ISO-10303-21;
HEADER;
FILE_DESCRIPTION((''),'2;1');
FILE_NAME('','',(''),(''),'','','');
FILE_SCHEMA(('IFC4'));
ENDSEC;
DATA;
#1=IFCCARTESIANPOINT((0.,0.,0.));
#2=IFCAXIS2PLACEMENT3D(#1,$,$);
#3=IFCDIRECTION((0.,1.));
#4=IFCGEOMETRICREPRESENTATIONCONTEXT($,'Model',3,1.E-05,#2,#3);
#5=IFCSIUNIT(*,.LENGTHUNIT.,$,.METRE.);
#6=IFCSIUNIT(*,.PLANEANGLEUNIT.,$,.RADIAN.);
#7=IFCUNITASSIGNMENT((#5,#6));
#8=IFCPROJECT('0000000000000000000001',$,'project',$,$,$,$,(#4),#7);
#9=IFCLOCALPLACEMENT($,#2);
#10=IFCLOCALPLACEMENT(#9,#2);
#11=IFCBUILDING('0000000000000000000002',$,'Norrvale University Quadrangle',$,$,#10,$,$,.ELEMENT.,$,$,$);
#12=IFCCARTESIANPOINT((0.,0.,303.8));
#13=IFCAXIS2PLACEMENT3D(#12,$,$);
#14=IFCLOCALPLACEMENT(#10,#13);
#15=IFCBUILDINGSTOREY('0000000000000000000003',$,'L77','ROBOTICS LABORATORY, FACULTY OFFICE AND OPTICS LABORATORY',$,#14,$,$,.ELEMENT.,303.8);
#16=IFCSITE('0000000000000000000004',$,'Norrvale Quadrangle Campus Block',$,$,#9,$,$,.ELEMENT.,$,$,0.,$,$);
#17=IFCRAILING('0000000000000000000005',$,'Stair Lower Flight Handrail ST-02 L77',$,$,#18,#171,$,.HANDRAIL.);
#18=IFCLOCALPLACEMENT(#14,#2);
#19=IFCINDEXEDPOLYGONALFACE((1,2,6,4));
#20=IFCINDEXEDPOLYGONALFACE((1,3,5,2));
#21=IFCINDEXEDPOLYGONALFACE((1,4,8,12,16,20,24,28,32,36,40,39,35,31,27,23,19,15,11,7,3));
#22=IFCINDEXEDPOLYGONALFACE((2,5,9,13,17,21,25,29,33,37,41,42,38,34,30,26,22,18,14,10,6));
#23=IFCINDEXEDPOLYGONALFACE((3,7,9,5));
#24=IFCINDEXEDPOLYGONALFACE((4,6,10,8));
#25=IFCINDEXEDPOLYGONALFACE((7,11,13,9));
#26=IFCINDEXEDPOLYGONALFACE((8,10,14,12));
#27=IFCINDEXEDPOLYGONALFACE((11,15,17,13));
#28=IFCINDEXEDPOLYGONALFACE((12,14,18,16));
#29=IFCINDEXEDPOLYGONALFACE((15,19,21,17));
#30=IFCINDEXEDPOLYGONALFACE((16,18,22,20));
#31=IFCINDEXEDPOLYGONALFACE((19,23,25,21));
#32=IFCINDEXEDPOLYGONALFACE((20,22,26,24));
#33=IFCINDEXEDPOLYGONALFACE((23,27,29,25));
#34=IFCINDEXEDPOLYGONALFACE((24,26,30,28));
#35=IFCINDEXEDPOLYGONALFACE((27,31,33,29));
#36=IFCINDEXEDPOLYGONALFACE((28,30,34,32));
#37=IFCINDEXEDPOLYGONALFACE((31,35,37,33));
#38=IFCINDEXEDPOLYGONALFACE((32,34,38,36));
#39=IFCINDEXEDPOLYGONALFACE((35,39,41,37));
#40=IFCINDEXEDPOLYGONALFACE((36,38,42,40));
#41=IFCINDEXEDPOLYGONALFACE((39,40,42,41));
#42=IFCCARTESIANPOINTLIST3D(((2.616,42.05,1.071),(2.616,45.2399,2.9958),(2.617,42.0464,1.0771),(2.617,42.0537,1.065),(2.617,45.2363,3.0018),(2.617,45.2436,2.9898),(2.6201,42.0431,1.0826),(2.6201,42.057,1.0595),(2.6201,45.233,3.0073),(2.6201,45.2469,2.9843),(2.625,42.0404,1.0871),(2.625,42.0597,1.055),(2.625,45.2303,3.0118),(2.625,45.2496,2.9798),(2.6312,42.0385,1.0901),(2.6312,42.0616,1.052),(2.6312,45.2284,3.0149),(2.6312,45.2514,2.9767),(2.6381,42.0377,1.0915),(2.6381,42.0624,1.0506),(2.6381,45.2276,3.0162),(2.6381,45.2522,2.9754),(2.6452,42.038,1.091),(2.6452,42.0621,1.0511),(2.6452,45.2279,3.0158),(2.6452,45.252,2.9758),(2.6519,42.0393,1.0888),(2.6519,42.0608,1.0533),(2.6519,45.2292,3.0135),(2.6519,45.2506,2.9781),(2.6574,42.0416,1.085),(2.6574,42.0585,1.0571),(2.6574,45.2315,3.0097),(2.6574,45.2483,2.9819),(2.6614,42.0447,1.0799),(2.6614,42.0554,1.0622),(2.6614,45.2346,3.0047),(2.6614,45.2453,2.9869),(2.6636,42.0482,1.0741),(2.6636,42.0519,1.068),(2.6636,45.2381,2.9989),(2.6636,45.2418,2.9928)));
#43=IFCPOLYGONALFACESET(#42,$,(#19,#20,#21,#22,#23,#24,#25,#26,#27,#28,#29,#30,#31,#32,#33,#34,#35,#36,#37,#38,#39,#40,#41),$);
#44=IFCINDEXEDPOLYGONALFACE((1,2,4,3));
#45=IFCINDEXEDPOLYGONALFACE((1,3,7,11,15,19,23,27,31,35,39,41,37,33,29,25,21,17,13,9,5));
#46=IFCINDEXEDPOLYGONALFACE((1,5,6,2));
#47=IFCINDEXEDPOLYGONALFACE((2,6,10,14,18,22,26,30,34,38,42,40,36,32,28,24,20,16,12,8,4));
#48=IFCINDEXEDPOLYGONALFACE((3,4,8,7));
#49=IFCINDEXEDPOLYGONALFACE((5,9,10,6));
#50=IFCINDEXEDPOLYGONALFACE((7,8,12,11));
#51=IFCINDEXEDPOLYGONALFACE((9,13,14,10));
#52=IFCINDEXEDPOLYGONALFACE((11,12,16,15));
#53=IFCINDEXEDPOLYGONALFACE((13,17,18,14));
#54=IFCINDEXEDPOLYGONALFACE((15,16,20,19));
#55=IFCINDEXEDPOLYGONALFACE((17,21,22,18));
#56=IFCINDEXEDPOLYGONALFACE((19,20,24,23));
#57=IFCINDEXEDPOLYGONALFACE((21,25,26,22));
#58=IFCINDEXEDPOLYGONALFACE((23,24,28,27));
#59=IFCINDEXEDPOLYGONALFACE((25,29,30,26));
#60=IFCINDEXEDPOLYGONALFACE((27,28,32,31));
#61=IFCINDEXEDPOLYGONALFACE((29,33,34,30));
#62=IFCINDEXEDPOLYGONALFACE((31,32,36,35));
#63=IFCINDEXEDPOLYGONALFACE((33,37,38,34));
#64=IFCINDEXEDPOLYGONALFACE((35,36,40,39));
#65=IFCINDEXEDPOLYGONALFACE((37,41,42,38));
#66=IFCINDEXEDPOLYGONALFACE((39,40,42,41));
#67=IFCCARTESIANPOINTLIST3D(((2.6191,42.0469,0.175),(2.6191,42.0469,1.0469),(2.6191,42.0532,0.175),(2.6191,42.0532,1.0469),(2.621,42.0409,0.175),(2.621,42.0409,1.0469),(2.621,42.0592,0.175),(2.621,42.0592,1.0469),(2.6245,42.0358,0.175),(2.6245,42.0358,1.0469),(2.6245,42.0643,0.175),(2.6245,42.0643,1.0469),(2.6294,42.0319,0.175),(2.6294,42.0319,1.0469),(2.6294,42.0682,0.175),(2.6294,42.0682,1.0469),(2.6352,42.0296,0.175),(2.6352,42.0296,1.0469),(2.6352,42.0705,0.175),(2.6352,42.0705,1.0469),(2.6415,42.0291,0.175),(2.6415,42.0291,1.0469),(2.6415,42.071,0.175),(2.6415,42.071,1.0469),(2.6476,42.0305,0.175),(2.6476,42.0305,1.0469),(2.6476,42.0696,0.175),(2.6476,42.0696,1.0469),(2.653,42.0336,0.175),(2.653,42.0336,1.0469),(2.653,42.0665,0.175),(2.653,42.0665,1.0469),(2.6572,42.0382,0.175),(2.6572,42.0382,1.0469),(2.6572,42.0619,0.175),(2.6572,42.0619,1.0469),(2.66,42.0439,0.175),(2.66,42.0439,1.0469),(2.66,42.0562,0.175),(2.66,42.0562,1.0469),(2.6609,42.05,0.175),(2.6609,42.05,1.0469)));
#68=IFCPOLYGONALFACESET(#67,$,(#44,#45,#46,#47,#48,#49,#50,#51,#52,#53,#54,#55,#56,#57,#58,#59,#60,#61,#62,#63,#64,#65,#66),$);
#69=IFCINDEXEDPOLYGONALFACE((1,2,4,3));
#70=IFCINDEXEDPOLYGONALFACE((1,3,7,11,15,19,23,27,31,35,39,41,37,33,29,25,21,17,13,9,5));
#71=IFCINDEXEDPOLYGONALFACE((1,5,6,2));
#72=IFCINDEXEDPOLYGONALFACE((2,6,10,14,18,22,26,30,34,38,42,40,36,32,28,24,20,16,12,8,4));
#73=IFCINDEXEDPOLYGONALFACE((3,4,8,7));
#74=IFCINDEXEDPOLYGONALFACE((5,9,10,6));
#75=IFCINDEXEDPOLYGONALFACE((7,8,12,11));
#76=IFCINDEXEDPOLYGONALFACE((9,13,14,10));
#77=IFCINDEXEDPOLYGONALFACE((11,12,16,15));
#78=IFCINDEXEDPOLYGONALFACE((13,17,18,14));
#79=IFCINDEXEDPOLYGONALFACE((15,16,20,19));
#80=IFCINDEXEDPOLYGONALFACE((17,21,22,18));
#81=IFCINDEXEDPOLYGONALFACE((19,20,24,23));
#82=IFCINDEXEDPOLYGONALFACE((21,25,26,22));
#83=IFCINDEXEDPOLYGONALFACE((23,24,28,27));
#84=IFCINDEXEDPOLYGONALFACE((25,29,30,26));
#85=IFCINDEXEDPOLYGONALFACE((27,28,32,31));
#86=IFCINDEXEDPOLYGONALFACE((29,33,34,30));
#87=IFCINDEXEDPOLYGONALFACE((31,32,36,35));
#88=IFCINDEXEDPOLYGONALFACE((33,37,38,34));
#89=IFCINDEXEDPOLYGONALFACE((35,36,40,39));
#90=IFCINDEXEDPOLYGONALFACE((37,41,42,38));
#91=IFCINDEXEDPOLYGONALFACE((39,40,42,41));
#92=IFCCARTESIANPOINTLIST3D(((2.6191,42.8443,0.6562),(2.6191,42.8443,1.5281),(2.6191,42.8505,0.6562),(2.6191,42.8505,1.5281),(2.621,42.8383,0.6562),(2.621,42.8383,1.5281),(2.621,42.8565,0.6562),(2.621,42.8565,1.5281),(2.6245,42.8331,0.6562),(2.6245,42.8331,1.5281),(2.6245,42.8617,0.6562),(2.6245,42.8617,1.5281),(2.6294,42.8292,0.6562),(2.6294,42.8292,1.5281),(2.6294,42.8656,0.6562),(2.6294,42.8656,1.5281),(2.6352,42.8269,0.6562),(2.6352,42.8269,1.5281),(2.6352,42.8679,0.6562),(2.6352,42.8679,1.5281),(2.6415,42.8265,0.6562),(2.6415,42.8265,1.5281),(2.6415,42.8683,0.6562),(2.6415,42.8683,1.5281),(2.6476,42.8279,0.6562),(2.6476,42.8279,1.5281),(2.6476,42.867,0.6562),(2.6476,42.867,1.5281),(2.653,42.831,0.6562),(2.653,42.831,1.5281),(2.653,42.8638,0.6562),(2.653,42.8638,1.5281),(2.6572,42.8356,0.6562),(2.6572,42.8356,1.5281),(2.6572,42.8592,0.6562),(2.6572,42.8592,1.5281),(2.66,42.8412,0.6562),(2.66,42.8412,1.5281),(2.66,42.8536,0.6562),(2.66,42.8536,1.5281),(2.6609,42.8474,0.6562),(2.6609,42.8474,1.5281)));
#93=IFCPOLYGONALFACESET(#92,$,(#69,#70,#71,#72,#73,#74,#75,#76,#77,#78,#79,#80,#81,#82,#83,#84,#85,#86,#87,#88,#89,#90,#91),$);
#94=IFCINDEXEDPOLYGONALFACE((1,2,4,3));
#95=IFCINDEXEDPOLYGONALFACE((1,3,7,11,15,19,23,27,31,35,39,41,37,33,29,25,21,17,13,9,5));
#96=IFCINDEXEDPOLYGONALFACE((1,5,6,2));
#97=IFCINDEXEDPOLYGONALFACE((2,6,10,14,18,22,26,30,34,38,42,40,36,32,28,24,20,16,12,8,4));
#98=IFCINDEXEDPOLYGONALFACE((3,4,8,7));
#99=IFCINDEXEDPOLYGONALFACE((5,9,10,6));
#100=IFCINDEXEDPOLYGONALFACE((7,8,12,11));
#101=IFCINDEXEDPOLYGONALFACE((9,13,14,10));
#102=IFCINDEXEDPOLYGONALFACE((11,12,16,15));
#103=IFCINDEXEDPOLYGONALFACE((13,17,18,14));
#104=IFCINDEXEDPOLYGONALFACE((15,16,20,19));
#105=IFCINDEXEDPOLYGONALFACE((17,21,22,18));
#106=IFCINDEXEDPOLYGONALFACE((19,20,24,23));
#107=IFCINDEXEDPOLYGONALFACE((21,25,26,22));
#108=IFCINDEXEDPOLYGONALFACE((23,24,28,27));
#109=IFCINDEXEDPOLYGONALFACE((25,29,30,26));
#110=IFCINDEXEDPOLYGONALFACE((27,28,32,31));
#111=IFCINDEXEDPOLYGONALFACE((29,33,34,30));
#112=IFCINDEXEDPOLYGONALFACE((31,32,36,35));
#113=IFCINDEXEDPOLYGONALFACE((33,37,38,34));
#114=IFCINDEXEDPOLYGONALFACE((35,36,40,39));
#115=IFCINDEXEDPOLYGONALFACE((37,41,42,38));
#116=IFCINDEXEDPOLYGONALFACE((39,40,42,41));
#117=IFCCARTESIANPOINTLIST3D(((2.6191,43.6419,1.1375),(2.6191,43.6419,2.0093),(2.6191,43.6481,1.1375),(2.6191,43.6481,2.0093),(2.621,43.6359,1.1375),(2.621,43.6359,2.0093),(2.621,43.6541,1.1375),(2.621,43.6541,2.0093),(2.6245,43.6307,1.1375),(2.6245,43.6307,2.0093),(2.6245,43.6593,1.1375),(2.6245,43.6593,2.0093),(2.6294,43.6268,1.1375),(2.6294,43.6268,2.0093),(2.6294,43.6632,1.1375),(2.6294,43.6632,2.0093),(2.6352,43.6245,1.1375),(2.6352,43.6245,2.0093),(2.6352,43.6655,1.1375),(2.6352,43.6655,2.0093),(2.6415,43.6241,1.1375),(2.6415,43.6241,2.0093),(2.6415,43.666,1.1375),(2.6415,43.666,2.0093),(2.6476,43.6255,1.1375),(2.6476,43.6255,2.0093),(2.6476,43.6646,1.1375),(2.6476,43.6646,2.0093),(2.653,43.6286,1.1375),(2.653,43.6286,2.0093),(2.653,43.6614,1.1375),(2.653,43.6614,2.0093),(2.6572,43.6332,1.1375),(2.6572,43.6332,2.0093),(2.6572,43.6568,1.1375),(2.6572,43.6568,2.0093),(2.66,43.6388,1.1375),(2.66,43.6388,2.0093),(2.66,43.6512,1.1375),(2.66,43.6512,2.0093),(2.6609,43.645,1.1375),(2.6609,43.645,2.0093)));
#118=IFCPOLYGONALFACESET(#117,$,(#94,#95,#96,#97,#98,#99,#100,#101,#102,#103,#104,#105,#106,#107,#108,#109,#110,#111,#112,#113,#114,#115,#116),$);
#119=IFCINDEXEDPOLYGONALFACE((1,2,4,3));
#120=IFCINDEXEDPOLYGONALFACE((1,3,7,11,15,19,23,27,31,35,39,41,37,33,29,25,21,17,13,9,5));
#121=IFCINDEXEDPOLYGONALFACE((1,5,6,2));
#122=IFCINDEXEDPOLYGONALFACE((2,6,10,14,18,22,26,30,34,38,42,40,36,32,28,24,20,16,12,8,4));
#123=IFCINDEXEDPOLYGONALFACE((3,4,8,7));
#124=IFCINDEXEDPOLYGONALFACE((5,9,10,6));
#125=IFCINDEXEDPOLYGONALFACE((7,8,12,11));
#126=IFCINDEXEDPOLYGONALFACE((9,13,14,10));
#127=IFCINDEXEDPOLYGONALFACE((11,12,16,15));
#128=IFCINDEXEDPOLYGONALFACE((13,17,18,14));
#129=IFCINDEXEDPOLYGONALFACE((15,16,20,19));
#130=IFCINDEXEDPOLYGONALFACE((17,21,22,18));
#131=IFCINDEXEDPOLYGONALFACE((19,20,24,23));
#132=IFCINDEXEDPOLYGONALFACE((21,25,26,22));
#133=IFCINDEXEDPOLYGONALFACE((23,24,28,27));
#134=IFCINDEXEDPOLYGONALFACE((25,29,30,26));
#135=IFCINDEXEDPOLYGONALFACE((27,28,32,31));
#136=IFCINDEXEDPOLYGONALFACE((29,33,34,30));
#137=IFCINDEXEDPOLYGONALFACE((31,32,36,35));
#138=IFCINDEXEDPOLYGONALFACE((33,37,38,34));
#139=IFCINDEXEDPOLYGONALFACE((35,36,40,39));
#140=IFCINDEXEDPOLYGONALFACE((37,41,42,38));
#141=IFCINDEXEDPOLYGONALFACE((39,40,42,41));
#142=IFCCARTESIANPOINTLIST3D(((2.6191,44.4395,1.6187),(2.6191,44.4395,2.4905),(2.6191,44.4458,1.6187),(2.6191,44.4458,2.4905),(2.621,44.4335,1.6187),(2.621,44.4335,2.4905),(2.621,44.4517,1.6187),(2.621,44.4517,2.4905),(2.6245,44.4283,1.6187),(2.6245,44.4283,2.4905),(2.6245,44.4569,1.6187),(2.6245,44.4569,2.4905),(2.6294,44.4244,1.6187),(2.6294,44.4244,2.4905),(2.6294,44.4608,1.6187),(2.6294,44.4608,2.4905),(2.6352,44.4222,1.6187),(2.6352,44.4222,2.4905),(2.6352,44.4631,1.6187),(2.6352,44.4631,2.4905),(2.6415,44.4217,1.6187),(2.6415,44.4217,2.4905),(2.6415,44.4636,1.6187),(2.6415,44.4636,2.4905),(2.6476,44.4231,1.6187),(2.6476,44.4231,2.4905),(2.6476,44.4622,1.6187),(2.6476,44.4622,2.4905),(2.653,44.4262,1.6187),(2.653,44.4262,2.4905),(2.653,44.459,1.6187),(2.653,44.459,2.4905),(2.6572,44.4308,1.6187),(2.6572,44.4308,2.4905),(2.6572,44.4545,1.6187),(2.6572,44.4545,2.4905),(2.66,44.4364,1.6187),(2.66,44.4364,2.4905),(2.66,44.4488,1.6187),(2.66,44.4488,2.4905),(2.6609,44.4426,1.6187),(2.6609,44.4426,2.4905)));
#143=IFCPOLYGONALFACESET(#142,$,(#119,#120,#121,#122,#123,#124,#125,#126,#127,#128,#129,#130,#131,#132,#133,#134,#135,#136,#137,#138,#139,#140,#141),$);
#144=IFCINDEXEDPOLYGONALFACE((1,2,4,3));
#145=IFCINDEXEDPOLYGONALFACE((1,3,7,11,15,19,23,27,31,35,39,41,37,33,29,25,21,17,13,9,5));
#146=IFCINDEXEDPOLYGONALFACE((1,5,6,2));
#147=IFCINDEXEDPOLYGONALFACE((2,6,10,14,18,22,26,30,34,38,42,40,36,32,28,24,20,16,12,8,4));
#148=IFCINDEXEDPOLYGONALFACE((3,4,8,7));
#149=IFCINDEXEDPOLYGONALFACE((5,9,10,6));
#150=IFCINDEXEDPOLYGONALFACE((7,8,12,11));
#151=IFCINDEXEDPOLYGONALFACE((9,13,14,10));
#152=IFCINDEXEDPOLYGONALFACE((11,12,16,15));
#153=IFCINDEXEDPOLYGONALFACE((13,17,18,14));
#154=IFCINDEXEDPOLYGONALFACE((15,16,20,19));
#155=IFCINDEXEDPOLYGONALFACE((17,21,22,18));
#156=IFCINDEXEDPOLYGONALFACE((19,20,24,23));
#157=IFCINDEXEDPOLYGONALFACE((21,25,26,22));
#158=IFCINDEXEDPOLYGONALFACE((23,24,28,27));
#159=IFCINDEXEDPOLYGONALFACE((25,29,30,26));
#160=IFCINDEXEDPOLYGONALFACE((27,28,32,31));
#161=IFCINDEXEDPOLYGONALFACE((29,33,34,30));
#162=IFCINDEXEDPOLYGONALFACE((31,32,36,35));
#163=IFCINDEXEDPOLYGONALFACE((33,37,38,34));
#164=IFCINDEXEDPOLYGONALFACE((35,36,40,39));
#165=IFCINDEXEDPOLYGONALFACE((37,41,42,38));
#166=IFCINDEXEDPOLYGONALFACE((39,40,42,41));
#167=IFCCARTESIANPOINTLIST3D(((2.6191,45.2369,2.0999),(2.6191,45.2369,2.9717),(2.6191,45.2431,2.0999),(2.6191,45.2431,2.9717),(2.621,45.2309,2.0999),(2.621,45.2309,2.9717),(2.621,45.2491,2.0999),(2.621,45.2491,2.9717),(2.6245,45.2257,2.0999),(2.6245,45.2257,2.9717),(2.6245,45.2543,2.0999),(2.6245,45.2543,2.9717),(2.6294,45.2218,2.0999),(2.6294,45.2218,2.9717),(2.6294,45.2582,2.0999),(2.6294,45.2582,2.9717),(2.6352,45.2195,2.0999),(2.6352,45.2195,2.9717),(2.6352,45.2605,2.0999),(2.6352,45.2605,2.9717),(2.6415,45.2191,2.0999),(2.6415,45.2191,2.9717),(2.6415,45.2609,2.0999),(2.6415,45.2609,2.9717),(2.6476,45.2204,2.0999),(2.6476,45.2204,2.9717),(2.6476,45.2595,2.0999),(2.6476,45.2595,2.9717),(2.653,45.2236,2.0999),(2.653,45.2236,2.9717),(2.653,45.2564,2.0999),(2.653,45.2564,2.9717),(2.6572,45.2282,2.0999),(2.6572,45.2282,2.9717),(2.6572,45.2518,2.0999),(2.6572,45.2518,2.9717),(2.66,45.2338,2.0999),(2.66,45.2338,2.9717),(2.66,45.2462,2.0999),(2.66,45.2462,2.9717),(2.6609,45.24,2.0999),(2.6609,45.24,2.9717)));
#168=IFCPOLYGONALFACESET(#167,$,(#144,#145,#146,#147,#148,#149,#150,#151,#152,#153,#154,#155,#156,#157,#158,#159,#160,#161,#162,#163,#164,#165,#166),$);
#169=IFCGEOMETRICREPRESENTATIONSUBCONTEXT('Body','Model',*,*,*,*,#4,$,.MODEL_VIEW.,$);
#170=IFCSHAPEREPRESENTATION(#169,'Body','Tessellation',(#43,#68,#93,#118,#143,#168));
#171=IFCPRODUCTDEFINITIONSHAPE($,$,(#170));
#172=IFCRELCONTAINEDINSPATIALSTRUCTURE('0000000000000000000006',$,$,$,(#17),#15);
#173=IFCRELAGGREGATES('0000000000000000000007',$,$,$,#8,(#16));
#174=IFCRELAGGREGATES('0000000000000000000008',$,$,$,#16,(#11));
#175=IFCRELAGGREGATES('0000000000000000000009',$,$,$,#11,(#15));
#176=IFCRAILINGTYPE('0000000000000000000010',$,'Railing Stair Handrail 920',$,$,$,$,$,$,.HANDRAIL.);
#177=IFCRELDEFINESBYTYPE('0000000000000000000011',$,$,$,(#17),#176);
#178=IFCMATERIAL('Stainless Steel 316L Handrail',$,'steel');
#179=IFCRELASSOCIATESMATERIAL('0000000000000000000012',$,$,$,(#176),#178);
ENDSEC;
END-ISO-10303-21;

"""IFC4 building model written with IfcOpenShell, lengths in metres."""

from ifc_helpers import new_model, si_unit, direction, frame, origin, origin_2d, place, context, subcontext, project, spatial, circle, extrude, material, type_object, element, save


model = new_model("IFC4")

# Units and contexts
model_context = context("Model", 3, precision=1e-05, world=origin(), true_north=direction((0.0, 1.0)))
body_context = subcontext(model_context, "Body", "Model", "MODEL_VIEW")
ifc_project = project(units=[si_unit("LENGTHUNIT", "METRE"), si_unit("PLANEANGLEUNIT", "RADIAN")], contexts=[model_context])

# Site, building, storey
site_placement = place(None, origin())
site = spatial("IfcSite", under=ifc_project, at=site_placement, Name="Norrvale Quadrangle Campus Block", CompositionType="ELEMENT", RefElevation=0.0)
building_placement = place(site_placement, origin())
building = spatial("IfcBuilding", under=site, at=building_placement, Name="Norrvale University Quadrangle", CompositionType="ELEMENT")
storey_placement = place(building_placement, frame((0.0, 0.0, 303.8)))
storey = spatial("IfcBuildingStorey", under=building, at=storey_placement, Name="L77", Description="ROBOTICS LABORATORY, FACULTY OFFICE AND OPTICS LABORATORY", CompositionType="ELEMENT", Elevation=303.8)

# Railing
ifc_material_1 = material(Name="Stainless Steel 316L Handrail", Category="steel")
railing_type_1 = type_object("IfcRailingType", Name="Railing Stair Handrail 920", PredefinedType="HANDRAIL", material=ifc_material_1)
railing_1_placement = place(storey_placement, frame((2.6399, 42.05, 0.175)))
element("IfcRailing", 1, at=railing_1_placement, inside=storey, type_object=railing_type_1, Name="Stair Lower Flight Handrail ST-02 L77", PredefinedType="HANDRAIL", context=body_context, shape_type="SweptSolid", body=[
    extrude(circle(Radius=0.0239, at=origin_2d()), frame((0.0, 0.0, 0.896), z_axis=(0.0, 0.856207, 0.516633), x_axis=(-1.0, 0.0, 0.0)), (0.0, 0.0, 1.0), 3.7256),
    extrude(circle(Radius=0.021, at=origin_2d()), origin(), (0.0, 0.0, 1.0), 0.8718),
    extrude(circle(Radius=0.021, at=origin_2d()), frame((0.0, 0.7974, 0.4812)), (0.0, 0.0, 1.0), 0.8718),
    extrude(circle(Radius=0.021, at=origin_2d()), frame((0.0, 1.595, 0.9624)), (0.0, 0.0, 1.0), 0.8718),
    extrude(circle(Radius=0.021, at=origin_2d()), frame((0.0, 2.3926, 1.4436)), (0.0, 0.0, 1.0), 0.8718),
    extrude(circle(Radius=0.021, at=origin_2d()), frame((0.0, 3.1899, 1.9248)), (0.0, 0.0, 1.0), 0.8718),
])

save(model, "model.ifc")
